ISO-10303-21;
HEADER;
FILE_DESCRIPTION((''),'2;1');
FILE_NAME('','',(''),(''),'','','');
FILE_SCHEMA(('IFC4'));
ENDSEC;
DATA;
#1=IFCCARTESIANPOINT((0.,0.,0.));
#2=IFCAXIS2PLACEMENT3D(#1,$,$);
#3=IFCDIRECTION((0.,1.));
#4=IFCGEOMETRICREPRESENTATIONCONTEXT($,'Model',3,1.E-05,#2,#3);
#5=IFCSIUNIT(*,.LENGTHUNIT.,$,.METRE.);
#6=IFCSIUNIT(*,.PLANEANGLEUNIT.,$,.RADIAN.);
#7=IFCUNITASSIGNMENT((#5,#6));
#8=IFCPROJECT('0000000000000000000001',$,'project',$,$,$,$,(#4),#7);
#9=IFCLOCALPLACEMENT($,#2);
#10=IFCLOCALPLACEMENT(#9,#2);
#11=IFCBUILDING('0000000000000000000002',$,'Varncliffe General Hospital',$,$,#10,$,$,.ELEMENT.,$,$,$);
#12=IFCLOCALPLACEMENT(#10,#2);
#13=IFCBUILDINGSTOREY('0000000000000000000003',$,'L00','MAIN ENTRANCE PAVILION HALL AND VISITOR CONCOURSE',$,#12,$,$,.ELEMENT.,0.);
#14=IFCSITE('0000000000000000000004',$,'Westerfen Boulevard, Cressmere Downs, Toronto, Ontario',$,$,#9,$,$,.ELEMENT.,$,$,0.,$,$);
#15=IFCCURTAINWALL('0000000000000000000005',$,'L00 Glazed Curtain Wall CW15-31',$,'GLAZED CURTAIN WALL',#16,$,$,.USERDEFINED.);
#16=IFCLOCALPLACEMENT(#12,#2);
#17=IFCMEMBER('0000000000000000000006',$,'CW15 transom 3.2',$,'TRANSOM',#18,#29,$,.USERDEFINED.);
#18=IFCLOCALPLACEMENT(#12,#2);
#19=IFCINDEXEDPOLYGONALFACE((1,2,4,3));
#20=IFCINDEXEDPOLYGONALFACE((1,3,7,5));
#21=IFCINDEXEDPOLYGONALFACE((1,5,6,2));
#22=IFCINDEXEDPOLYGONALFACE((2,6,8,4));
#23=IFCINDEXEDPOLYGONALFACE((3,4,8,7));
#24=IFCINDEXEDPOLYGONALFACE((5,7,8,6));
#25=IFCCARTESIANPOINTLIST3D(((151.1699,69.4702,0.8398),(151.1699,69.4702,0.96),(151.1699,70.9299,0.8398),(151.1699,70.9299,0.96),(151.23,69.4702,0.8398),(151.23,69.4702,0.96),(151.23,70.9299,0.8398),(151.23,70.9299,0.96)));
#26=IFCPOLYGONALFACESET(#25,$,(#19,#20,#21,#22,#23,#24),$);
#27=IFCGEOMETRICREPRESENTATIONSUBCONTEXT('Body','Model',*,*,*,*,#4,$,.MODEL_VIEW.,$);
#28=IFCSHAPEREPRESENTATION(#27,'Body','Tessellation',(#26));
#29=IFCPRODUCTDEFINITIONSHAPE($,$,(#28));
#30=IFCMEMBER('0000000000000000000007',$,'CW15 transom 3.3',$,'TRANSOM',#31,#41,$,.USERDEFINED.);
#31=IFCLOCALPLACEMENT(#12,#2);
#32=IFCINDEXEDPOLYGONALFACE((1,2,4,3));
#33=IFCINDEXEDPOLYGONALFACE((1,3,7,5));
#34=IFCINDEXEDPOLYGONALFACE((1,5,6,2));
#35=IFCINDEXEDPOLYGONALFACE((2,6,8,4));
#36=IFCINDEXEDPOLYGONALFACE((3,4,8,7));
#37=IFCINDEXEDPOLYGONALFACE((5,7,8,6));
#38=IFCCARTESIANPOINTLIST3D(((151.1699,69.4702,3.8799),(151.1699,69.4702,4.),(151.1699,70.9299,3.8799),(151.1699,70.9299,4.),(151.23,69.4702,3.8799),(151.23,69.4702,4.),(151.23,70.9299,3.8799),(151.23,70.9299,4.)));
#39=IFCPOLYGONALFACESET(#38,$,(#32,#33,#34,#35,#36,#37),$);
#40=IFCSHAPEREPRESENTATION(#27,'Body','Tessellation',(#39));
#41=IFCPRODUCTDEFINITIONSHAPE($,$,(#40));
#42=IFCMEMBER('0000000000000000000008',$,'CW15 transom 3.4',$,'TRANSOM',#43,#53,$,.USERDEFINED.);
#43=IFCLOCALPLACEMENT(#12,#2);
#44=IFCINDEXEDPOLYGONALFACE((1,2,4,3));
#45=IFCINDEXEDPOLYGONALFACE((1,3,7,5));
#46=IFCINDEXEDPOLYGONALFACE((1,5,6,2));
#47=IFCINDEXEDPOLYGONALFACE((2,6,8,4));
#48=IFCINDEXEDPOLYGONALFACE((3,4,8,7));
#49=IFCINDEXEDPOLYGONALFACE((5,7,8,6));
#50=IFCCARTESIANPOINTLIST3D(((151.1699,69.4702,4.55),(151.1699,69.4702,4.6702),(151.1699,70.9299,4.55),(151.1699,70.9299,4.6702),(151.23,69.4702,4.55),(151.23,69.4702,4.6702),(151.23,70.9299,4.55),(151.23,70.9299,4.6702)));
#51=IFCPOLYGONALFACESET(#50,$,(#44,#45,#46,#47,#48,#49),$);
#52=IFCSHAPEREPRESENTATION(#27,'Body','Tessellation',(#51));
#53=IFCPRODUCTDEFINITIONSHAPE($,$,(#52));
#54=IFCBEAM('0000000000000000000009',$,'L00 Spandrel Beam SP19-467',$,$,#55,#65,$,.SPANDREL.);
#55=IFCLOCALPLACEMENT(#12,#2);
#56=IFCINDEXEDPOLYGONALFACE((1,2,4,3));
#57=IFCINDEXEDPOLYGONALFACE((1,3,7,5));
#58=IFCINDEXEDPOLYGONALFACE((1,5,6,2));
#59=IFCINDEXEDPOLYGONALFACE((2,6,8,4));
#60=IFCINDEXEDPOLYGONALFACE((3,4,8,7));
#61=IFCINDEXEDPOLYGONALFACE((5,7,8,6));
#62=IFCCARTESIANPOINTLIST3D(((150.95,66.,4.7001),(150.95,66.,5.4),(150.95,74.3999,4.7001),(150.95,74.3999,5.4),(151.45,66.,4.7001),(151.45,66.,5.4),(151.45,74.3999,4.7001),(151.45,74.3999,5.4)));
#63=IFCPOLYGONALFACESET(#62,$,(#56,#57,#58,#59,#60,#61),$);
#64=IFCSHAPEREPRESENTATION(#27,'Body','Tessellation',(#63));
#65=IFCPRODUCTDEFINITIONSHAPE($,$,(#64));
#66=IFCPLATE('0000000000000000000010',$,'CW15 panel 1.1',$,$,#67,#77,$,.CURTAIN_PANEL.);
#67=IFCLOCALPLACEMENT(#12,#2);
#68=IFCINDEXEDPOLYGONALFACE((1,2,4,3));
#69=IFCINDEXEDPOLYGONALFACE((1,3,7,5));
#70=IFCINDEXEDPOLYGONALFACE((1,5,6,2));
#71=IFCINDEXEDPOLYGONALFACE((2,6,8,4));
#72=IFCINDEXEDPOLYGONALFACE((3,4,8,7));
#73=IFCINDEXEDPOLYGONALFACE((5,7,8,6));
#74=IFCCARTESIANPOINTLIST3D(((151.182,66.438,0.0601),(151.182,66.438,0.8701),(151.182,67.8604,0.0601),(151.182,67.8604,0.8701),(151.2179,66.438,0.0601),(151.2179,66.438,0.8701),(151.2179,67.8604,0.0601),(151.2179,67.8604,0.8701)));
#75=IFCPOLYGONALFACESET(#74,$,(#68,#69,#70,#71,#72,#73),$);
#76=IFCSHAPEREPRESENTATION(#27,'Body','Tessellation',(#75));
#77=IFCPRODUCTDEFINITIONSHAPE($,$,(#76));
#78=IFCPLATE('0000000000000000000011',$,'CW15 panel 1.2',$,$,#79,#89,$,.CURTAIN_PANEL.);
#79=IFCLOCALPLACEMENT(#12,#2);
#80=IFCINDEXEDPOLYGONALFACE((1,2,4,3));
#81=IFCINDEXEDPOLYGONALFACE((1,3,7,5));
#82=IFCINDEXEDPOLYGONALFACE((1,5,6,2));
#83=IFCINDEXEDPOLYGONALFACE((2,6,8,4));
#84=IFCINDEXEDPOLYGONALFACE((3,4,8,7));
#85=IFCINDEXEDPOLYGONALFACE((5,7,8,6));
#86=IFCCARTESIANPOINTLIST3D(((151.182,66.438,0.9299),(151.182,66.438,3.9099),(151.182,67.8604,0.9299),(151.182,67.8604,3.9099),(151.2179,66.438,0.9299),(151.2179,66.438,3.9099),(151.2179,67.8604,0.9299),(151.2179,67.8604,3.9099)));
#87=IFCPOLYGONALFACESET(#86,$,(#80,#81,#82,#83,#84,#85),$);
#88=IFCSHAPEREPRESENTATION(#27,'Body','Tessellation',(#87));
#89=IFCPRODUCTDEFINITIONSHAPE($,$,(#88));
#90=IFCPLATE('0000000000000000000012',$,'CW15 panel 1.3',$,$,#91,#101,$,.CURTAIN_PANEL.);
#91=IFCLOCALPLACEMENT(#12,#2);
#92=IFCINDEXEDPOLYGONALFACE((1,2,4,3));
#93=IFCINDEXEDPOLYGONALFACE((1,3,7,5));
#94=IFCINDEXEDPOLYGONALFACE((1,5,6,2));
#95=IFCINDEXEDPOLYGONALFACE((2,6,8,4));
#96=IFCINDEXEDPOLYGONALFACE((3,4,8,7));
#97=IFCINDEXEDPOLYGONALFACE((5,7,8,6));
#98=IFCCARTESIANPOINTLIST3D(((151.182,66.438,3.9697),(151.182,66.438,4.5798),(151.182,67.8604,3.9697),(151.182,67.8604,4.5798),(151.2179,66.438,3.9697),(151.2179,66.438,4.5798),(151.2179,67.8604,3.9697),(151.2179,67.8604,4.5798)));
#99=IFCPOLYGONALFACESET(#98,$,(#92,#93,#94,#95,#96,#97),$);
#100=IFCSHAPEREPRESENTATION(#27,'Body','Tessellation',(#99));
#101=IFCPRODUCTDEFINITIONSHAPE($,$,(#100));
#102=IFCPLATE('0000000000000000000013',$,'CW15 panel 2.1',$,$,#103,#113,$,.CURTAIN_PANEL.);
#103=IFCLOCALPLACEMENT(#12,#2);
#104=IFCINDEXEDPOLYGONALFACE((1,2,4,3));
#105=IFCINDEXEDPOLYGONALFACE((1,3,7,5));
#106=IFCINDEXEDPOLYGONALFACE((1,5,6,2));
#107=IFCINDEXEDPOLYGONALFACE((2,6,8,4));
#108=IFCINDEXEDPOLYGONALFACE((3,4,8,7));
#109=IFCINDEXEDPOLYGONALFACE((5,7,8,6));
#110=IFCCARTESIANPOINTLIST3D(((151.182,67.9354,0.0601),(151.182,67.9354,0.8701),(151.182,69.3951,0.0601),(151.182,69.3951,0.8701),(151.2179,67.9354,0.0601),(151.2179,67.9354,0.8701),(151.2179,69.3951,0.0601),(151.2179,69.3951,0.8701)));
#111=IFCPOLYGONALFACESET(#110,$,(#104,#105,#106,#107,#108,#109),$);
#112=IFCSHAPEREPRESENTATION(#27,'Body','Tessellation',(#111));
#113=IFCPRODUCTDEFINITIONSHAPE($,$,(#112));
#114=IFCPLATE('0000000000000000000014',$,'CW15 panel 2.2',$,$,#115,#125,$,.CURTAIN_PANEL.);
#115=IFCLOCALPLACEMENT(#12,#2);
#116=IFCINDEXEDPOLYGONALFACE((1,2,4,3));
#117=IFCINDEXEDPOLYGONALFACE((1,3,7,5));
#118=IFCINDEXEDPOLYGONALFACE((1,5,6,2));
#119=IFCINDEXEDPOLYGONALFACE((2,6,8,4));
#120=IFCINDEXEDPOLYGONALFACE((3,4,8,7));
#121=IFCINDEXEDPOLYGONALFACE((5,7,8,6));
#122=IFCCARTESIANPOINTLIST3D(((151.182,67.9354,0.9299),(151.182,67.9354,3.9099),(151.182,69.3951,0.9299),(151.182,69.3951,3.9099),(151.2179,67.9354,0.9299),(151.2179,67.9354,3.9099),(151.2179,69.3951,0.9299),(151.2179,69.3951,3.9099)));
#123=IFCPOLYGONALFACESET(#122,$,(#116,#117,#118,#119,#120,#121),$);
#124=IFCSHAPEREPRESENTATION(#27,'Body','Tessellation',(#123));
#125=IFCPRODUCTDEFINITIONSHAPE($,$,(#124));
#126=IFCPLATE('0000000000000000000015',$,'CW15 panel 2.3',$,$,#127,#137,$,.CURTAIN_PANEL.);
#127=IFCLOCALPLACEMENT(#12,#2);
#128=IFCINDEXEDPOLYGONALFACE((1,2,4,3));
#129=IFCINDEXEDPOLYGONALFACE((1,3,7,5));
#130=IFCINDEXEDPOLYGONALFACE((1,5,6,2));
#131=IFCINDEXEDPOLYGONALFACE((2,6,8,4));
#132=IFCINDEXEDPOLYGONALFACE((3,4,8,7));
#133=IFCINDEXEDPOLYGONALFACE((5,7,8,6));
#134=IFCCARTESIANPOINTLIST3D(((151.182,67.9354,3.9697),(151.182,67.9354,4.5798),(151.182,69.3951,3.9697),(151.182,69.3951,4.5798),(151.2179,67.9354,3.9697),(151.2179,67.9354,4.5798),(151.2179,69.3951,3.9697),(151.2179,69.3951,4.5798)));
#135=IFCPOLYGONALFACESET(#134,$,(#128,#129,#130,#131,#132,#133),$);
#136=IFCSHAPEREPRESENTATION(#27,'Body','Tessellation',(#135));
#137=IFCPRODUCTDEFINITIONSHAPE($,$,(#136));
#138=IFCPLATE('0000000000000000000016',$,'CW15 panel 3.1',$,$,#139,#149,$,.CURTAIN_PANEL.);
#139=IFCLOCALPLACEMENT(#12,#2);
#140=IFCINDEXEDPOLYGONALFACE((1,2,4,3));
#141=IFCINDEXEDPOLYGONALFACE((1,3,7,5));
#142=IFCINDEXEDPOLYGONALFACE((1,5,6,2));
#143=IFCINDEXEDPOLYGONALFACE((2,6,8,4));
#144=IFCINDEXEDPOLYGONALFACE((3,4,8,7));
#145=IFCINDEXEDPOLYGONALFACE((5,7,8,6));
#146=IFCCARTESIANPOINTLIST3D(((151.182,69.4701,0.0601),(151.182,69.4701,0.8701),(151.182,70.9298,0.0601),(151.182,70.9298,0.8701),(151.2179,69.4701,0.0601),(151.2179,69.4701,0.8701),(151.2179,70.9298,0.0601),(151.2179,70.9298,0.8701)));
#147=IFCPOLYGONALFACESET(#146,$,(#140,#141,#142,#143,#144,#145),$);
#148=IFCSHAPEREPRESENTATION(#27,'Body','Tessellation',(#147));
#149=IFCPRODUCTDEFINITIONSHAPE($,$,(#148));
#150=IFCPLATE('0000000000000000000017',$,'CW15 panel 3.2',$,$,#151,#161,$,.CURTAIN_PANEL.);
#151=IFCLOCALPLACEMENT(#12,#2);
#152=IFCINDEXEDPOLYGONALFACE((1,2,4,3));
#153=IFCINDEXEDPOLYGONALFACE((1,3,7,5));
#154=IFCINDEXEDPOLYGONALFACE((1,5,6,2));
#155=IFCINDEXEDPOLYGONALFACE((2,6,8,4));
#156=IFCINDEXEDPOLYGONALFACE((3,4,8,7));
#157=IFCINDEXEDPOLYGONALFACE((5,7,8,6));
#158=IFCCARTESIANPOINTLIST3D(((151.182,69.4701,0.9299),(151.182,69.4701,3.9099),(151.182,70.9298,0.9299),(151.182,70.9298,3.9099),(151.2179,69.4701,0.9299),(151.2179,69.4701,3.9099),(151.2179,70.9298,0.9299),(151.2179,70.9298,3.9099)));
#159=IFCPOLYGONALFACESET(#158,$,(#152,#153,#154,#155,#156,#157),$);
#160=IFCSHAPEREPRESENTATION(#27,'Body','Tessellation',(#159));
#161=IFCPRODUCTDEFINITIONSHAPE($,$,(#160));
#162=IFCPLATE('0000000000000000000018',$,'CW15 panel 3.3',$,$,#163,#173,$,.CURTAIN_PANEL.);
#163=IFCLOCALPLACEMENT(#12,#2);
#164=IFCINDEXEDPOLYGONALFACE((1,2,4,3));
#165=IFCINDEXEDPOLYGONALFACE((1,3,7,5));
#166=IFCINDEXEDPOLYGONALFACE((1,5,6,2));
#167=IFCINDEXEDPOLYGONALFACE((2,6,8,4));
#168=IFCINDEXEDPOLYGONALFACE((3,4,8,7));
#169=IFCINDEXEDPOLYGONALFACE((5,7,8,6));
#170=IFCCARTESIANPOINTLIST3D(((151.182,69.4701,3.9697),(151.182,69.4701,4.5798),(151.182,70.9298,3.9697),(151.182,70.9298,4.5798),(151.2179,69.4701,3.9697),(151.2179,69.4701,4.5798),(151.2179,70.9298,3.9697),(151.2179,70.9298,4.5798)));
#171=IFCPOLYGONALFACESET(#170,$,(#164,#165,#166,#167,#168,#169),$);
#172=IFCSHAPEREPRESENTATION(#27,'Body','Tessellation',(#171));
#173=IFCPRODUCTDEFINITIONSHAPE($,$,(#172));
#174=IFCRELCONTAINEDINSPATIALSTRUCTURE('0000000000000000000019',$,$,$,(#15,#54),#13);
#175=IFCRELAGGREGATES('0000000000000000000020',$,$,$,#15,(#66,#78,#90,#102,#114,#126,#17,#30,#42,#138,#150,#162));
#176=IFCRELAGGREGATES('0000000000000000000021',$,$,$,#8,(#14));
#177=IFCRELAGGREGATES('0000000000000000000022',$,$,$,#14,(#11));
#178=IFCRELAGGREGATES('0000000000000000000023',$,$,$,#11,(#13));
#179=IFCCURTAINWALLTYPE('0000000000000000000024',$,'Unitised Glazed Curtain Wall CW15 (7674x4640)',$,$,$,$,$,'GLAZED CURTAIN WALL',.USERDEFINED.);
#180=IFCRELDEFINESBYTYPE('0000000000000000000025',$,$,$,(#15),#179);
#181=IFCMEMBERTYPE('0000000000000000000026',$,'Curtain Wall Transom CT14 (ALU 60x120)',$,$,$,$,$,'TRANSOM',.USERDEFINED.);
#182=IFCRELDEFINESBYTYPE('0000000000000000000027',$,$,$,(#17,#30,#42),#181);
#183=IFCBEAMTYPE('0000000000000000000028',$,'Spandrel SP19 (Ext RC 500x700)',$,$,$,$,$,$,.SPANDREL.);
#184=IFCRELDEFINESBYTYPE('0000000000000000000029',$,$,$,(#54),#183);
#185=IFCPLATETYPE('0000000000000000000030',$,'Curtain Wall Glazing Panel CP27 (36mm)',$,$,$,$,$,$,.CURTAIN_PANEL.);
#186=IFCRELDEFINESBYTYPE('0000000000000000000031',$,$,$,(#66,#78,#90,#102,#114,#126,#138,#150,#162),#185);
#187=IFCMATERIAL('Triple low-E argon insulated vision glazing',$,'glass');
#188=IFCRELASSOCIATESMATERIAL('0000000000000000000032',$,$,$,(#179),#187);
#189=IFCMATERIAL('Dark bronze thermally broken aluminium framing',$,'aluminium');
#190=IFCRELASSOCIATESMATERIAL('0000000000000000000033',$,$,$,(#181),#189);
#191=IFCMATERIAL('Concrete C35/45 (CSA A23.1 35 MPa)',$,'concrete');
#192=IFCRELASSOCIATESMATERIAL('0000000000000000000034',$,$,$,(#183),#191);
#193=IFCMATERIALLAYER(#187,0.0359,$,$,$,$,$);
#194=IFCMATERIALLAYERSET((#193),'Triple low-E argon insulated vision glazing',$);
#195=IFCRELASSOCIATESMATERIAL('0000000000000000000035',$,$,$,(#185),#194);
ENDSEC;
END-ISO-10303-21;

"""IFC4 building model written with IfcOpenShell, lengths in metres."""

from ifc_helpers import new_model, si_unit, direction, frame, origin, origin_2d, place, context, subcontext, project, spatial, rectangle, extrude, material, layer, layer_set, material_profile, profile_set, type_object, element, aggregate, save


model = new_model("IFC4")

# Units and contexts
model_context = context("Model", 3, precision=1e-05, world=origin(), true_north=direction((0.0, 1.0)))
body_context = subcontext(model_context, "Body", "Model", "MODEL_VIEW")
ifc_project = project(units=[si_unit("LENGTHUNIT", "METRE"), si_unit("PLANEANGLEUNIT", "RADIAN")], contexts=[model_context])

# Site, building, storey
site_placement = place(None, origin())
site = spatial("IfcSite", under=ifc_project, at=site_placement, Name="Westerfen Boulevard, Cressmere Downs, Toronto, Ontario", CompositionType="ELEMENT", RefElevation=0.0)
building_placement = place(site_placement, origin())
building = spatial("IfcBuilding", under=site, at=building_placement, Name="Varncliffe General Hospital", CompositionType="ELEMENT")
storey_placement = place(building_placement, origin())
storey = spatial("IfcBuildingStorey", under=building, at=storey_placement, Name="L00", Description="MAIN ENTRANCE PAVILION HALL AND VISITOR CONCOURSE", CompositionType="ELEMENT", Elevation=0.0)

# Shared definitions
ifc_material_1 = material(Name="Concrete C35/45 (CSA A23.1 35 MPa)", Category="concrete")

# Curtain wall, members
ifc_material_2 = material(Name="Triple low-E argon insulated vision glazing", Category="glass")
curtain_wall_type = type_object("IfcCurtainWallType", Name="Unitised Glazed Curtain Wall CW15 (7674x4640)", ElementType="GLAZED CURTAIN WALL", PredefinedType="USERDEFINED", material=ifc_material_2)
curtain_wall_placement = place(storey_placement, origin())
curtain_wall = element("IfcCurtainWall", 1, at=curtain_wall_placement, inside=storey, type_object=curtain_wall_type, Name="L00 Glazed Curtain Wall CW15-31", ObjectType="GLAZED CURTAIN WALL", PredefinedType="USERDEFINED")
ifc_material_3 = material(Name="Dark bronze thermally broken aluminium framing", Category="aluminium")
ifc_material_profile_1 = material_profile(ifc_material_3, rectangle(XDim=0.0601, YDim=0.1201, at=origin_2d()), Name="ALU 60x120")
ifc_profile_set_1 = profile_set([ifc_material_profile_1], Name="Dark bronze thermally broken aluminium framing")
member_type_1 = type_object("IfcMemberType", Name="Curtain Wall Transom CT14 (ALU 60x120)", ElementType="TRANSOM", PredefinedType="USERDEFINED", material=ifc_profile_set_1)
member_1_placement = place(storey_placement, frame((151.2, 69.4702, 0.8999), z_axis=(0.0, 1.0, 0.0), x_axis=(-1.0, 0.0, 0.0)))
member_1 = element("IfcMember", 2, at=member_1_placement, type_object=member_type_1, Name="CW15 transom 3.2", ObjectType="TRANSOM", PredefinedType="USERDEFINED", context=body_context, shape_type="SweptSolid", body=[
    extrude(rectangle(XDim=0.0601, YDim=0.1201, at=origin_2d()), origin(), (0.0, 0.0, 1.0), 1.4597),
])
member_2_placement = place(storey_placement, frame((151.2, 69.4702, 3.9399), z_axis=(0.0, 1.0, 0.0), x_axis=(-1.0, 0.0, 0.0)))
member_2 = element("IfcMember", 3, at=member_2_placement, type_object=member_type_1, Name="CW15 transom 3.3", ObjectType="TRANSOM", PredefinedType="USERDEFINED", context=body_context, shape_type="SweptSolid", body=[
    extrude(rectangle(XDim=0.0601, YDim=0.1201, at=origin_2d()), origin(), (0.0, 0.0, 1.0), 1.4597),
])
member_3_placement = place(storey_placement, frame((151.2, 69.4702, 4.6101), z_axis=(0.0, 1.0, 0.0), x_axis=(-1.0, 0.0, 0.0)))
member_3 = element("IfcMember", 4, at=member_3_placement, type_object=member_type_1, Name="CW15 transom 3.4", ObjectType="TRANSOM", PredefinedType="USERDEFINED", context=body_context, shape_type="SweptSolid", body=[
    extrude(rectangle(XDim=0.0601, YDim=0.1201, at=origin_2d()), origin(), (0.0, 0.0, 1.0), 1.4597),
])

# Beam
ifc_material_profile_2 = material_profile(ifc_material_1, rectangle(XDim=0.5, YDim=0.7, at=origin_2d()), Name="RC 500x700")
ifc_profile_set_2 = profile_set([ifc_material_profile_2], Name="Concrete C35/45 (CSA A23.1 35 MPa)")
beam_type_1 = type_object("IfcBeamType", Name="Spandrel SP19 (Ext RC 500x700)", PredefinedType="SPANDREL", material=ifc_profile_set_2)
beam_1_placement = place(storey_placement, frame((151.2, 66.0, 5.05), z_axis=(0.0, 1.0, 0.0), x_axis=(-1.0, 0.0, 0.0)))
element("IfcBeam", 5, at=beam_1_placement, inside=storey, type_object=beam_type_1, Name="L00 Spandrel Beam SP19-467", PredefinedType="SPANDREL", context=body_context, shape_type="SweptSolid", body=[
    extrude(rectangle(XDim=0.5, YDim=0.7, at=origin_2d()), origin(), (0.0, 0.0, 1.0), 8.3999),
])

# Plates
ifc_layer_1 = layer(ifc_material_2, 0.0359)
ifc_layer_set_1 = layer_set([ifc_layer_1], Name="Triple low-E argon insulated vision glazing")
plate_type = type_object("IfcPlateType", Name="Curtain Wall Glazing Panel CP27 (36mm)", PredefinedType="CURTAIN_PANEL", material=ifc_layer_set_1)
plate_1_placement = place(storey_placement, frame((151.2, 67.1492, 0.0601), z_axis=(0.0, 0.0, 1.0), x_axis=(0.0, 1.0, 0.0)))
plate_1 = element("IfcPlate", 6, at=plate_1_placement, type_object=plate_type, Name="CW15 panel 1.1", PredefinedType="CURTAIN_PANEL", context=body_context, shape_type="SweptSolid", body=[
    extrude(rectangle(XDim=1.4224, YDim=0.0359, at=origin_2d()), origin(), (0.0, 0.0, 1.0), 0.8101),
])
plate_2_placement = place(storey_placement, frame((151.2, 67.1492, 0.9299), z_axis=(0.0, 0.0, 1.0), x_axis=(0.0, 1.0, 0.0)))
plate_2 = element("IfcPlate", 7, at=plate_2_placement, type_object=plate_type, Name="CW15 panel 1.2", PredefinedType="CURTAIN_PANEL", context=body_context, shape_type="SweptSolid", body=[
    extrude(rectangle(XDim=1.4224, YDim=0.0359, at=origin_2d()), origin(), (0.0, 0.0, 1.0), 2.98),
])
plate_3_placement = place(storey_placement, frame((151.2, 67.1492, 3.9697), z_axis=(0.0, 0.0, 1.0), x_axis=(0.0, 1.0, 0.0)))
plate_3 = element("IfcPlate", 8, at=plate_3_placement, type_object=plate_type, Name="CW15 panel 1.3", PredefinedType="CURTAIN_PANEL", context=body_context, shape_type="SweptSolid", body=[
    extrude(rectangle(XDim=1.4224, YDim=0.0359, at=origin_2d()), origin(), (0.0, 0.0, 1.0), 0.6101),
])
plate_4_placement = place(storey_placement, frame((151.2, 68.6653, 0.0601), z_axis=(0.0, 0.0, 1.0), x_axis=(0.0, 1.0, 0.0)))
plate_4 = element("IfcPlate", 9, at=plate_4_placement, type_object=plate_type, Name="CW15 panel 2.1", PredefinedType="CURTAIN_PANEL", context=body_context, shape_type="SweptSolid", body=[
    extrude(rectangle(XDim=1.4597, YDim=0.0359, at=origin_2d()), origin(), (0.0, 0.0, 1.0), 0.8101),
])
plate_5_placement = place(storey_placement, frame((151.2, 68.6653, 0.9299), z_axis=(0.0, 0.0, 1.0), x_axis=(0.0, 1.0, 0.0)))
plate_5 = element("IfcPlate", 10, at=plate_5_placement, type_object=plate_type, Name="CW15 panel 2.2", PredefinedType="CURTAIN_PANEL", context=body_context, shape_type="SweptSolid", body=[
    extrude(rectangle(XDim=1.4597, YDim=0.0359, at=origin_2d()), origin(), (0.0, 0.0, 1.0), 2.98),
])
plate_6_placement = place(storey_placement, frame((151.2, 68.6653, 3.9697), z_axis=(0.0, 0.0, 1.0), x_axis=(0.0, 1.0, 0.0)))
plate_6 = element("IfcPlate", 11, at=plate_6_placement, type_object=plate_type, Name="CW15 panel 2.3", PredefinedType="CURTAIN_PANEL", context=body_context, shape_type="SweptSolid", body=[
    extrude(rectangle(XDim=1.4597, YDim=0.0359, at=origin_2d()), origin(), (0.0, 0.0, 1.0), 0.6101),
])
plate_7_placement = place(storey_placement, frame((151.2, 70.2, 0.0601), z_axis=(0.0, 0.0, 1.0), x_axis=(0.0, 1.0, 0.0)))
plate_7 = element("IfcPlate", 12, at=plate_7_placement, type_object=plate_type, Name="CW15 panel 3.1", PredefinedType="CURTAIN_PANEL", context=body_context, shape_type="SweptSolid", body=[
    extrude(rectangle(XDim=1.4597, YDim=0.0359, at=origin_2d()), origin(), (0.0, 0.0, 1.0), 0.8101),
])
plate_8_placement = place(storey_placement, frame((151.2, 70.2, 0.9299), z_axis=(0.0, 0.0, 1.0), x_axis=(0.0, 1.0, 0.0)))
plate_8 = element("IfcPlate", 13, at=plate_8_placement, type_object=plate_type, Name="CW15 panel 3.2", PredefinedType="CURTAIN_PANEL", context=body_context, shape_type="SweptSolid", body=[
    extrude(rectangle(XDim=1.4597, YDim=0.0359, at=origin_2d()), origin(), (0.0, 0.0, 1.0), 2.98),
])
plate_9_placement = place(storey_placement, frame((151.2, 70.2, 3.9697), z_axis=(0.0, 0.0, 1.0), x_axis=(0.0, 1.0, 0.0)))
plate_9 = element("IfcPlate", 14, at=plate_9_placement, type_object=plate_type, Name="CW15 panel 3.3", PredefinedType="CURTAIN_PANEL", context=body_context, shape_type="SweptSolid", body=[
    extrude(rectangle(XDim=1.4597, YDim=0.0359, at=origin_2d()), origin(), (0.0, 0.0, 1.0), 0.6101),
])
aggregate(curtain_wall, [plate_1, plate_2, plate_3, plate_4, plate_5, plate_6, member_1, member_2, member_3, plate_7, plate_8, plate_9])

save(model, "model.ifc")
